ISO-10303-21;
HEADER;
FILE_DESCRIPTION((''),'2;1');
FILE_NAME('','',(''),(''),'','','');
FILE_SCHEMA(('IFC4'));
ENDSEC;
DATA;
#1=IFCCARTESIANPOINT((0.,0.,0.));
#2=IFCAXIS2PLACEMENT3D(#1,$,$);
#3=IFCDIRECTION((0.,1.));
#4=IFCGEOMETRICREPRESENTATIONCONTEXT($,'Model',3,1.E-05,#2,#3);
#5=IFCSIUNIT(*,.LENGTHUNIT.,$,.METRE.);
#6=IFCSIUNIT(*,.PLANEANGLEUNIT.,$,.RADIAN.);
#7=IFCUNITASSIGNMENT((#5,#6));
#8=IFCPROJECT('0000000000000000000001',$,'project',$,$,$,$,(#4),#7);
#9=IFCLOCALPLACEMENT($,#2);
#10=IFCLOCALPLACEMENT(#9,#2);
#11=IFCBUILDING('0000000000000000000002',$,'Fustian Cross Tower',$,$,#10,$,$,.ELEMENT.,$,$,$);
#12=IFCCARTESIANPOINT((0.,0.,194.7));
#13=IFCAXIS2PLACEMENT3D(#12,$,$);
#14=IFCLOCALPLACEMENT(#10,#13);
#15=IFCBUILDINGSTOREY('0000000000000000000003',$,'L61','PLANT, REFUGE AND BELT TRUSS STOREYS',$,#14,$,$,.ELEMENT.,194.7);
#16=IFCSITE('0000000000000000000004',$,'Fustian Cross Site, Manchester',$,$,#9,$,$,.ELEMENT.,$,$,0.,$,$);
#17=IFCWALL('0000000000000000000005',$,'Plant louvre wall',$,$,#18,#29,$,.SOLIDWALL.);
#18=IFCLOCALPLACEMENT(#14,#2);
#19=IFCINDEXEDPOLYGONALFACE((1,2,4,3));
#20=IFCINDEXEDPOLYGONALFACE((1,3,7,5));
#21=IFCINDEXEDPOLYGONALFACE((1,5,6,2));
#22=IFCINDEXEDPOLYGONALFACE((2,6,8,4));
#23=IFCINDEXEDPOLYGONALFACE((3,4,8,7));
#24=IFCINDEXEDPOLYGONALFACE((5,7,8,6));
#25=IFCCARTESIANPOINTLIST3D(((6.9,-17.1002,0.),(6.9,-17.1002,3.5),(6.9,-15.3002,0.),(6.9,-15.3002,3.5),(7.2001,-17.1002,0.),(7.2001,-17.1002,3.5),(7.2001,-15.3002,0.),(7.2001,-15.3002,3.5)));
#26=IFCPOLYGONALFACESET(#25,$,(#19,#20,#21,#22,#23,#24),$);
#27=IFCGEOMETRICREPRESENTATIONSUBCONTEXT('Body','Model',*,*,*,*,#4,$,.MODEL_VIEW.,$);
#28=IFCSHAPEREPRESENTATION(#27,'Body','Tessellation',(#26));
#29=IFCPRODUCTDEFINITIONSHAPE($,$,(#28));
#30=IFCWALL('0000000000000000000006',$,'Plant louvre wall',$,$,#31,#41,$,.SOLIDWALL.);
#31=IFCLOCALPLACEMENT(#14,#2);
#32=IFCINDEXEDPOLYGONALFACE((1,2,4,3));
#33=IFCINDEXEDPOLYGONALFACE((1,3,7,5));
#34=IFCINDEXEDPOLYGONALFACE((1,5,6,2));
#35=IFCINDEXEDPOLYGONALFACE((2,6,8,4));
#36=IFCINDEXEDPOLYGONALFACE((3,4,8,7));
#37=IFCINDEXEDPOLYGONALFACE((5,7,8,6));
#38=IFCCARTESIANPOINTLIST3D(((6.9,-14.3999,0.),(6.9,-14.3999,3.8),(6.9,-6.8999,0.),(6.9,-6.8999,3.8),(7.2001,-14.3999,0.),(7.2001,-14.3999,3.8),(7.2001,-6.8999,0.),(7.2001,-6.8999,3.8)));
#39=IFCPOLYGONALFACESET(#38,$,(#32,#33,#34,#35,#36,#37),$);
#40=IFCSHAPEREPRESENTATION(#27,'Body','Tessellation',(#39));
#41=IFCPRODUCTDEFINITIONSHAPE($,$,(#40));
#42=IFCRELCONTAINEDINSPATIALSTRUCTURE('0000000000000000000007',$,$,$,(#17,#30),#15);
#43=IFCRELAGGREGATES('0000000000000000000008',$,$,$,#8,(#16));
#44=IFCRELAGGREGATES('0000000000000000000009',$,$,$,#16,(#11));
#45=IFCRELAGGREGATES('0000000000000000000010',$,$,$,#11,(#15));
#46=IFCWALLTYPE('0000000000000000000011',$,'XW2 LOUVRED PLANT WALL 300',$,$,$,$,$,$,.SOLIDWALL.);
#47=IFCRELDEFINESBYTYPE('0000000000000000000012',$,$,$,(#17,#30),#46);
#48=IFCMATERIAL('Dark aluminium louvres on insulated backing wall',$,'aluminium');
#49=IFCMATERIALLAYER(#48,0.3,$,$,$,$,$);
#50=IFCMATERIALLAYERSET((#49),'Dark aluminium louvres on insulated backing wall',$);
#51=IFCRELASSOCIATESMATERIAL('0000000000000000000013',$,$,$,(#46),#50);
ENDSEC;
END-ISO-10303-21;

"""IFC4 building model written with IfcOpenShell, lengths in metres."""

from ifc_helpers import new_model, si_unit, direction, frame, frame_2d, origin, place, context, subcontext, project, spatial, rectangle, extrude, material, layer, layer_set, type_object, element, save


model = new_model("IFC4")

# Units and contexts
model_context = context("Model", 3, precision=1e-05, world=origin(), true_north=direction((0.0, 1.0)))
body_context = subcontext(model_context, "Body", "Model", "MODEL_VIEW")
ifc_project = project(units=[si_unit("LENGTHUNIT", "METRE"), si_unit("PLANEANGLEUNIT", "RADIAN")], contexts=[model_context])

# Site, building, storey
site_placement = place(None, origin())
site = spatial("IfcSite", under=ifc_project, at=site_placement, Name="Fustian Cross Site, Manchester", CompositionType="ELEMENT", RefElevation=0.0)
building_placement = place(site_placement, origin())
building = spatial("IfcBuilding", under=site, at=building_placement, Name="Fustian Cross Tower", CompositionType="ELEMENT")
storey_placement = place(building_placement, frame((0.0, 0.0, 194.7)))
storey = spatial("IfcBuildingStorey", under=building, at=storey_placement, Name="L61", Description="PLANT, REFUGE AND BELT TRUSS STOREYS", CompositionType="ELEMENT", Elevation=194.7)

# Walls
ifc_material_1 = material(Name="Dark aluminium louvres on insulated backing wall", Category="aluminium")
ifc_layer_1 = layer(ifc_material_1, 0.3)
ifc_layer_set_1 = layer_set([ifc_layer_1], Name="Dark aluminium louvres on insulated backing wall")
wall_type_1 = type_object("IfcWallType", Name="XW2 LOUVRED PLANT WALL 300", PredefinedType="SOLIDWALL", material=ifc_layer_set_1)
wall_1_placement = place(storey_placement, frame((7.05, -17.1001, 0.0), z_axis=(0.0, 0.0, 1.0), x_axis=(0.0, 1.0, 0.0)))
element("IfcWall", 1, at=wall_1_placement, inside=storey, type_object=wall_type_1, Name="Plant louvre wall", PredefinedType="SOLIDWALL", context=body_context, shape_type="SweptSolid", body=[
    extrude(rectangle(XDim=1.8, YDim=0.3, at=frame_2d((0.8999, 0.0))), origin(), (0.0, 0.0, 1.0), 3.5),
])
wall_2_placement = place(storey_placement, frame((7.05, -14.3999, 0.0), z_axis=(0.0, 0.0, 1.0), x_axis=(0.0, 1.0, 0.0)))
element("IfcWall", 2, at=wall_2_placement, inside=storey, type_object=wall_type_1, Name="Plant louvre wall", PredefinedType="SOLIDWALL", context=body_context, shape_type="SweptSolid", body=[
    extrude(rectangle(XDim=7.5, YDim=0.3, at=frame_2d((3.75, 0.0))), origin(), (0.0, 0.0, 1.0), 3.8),
])

save(model, "model.ifc")
